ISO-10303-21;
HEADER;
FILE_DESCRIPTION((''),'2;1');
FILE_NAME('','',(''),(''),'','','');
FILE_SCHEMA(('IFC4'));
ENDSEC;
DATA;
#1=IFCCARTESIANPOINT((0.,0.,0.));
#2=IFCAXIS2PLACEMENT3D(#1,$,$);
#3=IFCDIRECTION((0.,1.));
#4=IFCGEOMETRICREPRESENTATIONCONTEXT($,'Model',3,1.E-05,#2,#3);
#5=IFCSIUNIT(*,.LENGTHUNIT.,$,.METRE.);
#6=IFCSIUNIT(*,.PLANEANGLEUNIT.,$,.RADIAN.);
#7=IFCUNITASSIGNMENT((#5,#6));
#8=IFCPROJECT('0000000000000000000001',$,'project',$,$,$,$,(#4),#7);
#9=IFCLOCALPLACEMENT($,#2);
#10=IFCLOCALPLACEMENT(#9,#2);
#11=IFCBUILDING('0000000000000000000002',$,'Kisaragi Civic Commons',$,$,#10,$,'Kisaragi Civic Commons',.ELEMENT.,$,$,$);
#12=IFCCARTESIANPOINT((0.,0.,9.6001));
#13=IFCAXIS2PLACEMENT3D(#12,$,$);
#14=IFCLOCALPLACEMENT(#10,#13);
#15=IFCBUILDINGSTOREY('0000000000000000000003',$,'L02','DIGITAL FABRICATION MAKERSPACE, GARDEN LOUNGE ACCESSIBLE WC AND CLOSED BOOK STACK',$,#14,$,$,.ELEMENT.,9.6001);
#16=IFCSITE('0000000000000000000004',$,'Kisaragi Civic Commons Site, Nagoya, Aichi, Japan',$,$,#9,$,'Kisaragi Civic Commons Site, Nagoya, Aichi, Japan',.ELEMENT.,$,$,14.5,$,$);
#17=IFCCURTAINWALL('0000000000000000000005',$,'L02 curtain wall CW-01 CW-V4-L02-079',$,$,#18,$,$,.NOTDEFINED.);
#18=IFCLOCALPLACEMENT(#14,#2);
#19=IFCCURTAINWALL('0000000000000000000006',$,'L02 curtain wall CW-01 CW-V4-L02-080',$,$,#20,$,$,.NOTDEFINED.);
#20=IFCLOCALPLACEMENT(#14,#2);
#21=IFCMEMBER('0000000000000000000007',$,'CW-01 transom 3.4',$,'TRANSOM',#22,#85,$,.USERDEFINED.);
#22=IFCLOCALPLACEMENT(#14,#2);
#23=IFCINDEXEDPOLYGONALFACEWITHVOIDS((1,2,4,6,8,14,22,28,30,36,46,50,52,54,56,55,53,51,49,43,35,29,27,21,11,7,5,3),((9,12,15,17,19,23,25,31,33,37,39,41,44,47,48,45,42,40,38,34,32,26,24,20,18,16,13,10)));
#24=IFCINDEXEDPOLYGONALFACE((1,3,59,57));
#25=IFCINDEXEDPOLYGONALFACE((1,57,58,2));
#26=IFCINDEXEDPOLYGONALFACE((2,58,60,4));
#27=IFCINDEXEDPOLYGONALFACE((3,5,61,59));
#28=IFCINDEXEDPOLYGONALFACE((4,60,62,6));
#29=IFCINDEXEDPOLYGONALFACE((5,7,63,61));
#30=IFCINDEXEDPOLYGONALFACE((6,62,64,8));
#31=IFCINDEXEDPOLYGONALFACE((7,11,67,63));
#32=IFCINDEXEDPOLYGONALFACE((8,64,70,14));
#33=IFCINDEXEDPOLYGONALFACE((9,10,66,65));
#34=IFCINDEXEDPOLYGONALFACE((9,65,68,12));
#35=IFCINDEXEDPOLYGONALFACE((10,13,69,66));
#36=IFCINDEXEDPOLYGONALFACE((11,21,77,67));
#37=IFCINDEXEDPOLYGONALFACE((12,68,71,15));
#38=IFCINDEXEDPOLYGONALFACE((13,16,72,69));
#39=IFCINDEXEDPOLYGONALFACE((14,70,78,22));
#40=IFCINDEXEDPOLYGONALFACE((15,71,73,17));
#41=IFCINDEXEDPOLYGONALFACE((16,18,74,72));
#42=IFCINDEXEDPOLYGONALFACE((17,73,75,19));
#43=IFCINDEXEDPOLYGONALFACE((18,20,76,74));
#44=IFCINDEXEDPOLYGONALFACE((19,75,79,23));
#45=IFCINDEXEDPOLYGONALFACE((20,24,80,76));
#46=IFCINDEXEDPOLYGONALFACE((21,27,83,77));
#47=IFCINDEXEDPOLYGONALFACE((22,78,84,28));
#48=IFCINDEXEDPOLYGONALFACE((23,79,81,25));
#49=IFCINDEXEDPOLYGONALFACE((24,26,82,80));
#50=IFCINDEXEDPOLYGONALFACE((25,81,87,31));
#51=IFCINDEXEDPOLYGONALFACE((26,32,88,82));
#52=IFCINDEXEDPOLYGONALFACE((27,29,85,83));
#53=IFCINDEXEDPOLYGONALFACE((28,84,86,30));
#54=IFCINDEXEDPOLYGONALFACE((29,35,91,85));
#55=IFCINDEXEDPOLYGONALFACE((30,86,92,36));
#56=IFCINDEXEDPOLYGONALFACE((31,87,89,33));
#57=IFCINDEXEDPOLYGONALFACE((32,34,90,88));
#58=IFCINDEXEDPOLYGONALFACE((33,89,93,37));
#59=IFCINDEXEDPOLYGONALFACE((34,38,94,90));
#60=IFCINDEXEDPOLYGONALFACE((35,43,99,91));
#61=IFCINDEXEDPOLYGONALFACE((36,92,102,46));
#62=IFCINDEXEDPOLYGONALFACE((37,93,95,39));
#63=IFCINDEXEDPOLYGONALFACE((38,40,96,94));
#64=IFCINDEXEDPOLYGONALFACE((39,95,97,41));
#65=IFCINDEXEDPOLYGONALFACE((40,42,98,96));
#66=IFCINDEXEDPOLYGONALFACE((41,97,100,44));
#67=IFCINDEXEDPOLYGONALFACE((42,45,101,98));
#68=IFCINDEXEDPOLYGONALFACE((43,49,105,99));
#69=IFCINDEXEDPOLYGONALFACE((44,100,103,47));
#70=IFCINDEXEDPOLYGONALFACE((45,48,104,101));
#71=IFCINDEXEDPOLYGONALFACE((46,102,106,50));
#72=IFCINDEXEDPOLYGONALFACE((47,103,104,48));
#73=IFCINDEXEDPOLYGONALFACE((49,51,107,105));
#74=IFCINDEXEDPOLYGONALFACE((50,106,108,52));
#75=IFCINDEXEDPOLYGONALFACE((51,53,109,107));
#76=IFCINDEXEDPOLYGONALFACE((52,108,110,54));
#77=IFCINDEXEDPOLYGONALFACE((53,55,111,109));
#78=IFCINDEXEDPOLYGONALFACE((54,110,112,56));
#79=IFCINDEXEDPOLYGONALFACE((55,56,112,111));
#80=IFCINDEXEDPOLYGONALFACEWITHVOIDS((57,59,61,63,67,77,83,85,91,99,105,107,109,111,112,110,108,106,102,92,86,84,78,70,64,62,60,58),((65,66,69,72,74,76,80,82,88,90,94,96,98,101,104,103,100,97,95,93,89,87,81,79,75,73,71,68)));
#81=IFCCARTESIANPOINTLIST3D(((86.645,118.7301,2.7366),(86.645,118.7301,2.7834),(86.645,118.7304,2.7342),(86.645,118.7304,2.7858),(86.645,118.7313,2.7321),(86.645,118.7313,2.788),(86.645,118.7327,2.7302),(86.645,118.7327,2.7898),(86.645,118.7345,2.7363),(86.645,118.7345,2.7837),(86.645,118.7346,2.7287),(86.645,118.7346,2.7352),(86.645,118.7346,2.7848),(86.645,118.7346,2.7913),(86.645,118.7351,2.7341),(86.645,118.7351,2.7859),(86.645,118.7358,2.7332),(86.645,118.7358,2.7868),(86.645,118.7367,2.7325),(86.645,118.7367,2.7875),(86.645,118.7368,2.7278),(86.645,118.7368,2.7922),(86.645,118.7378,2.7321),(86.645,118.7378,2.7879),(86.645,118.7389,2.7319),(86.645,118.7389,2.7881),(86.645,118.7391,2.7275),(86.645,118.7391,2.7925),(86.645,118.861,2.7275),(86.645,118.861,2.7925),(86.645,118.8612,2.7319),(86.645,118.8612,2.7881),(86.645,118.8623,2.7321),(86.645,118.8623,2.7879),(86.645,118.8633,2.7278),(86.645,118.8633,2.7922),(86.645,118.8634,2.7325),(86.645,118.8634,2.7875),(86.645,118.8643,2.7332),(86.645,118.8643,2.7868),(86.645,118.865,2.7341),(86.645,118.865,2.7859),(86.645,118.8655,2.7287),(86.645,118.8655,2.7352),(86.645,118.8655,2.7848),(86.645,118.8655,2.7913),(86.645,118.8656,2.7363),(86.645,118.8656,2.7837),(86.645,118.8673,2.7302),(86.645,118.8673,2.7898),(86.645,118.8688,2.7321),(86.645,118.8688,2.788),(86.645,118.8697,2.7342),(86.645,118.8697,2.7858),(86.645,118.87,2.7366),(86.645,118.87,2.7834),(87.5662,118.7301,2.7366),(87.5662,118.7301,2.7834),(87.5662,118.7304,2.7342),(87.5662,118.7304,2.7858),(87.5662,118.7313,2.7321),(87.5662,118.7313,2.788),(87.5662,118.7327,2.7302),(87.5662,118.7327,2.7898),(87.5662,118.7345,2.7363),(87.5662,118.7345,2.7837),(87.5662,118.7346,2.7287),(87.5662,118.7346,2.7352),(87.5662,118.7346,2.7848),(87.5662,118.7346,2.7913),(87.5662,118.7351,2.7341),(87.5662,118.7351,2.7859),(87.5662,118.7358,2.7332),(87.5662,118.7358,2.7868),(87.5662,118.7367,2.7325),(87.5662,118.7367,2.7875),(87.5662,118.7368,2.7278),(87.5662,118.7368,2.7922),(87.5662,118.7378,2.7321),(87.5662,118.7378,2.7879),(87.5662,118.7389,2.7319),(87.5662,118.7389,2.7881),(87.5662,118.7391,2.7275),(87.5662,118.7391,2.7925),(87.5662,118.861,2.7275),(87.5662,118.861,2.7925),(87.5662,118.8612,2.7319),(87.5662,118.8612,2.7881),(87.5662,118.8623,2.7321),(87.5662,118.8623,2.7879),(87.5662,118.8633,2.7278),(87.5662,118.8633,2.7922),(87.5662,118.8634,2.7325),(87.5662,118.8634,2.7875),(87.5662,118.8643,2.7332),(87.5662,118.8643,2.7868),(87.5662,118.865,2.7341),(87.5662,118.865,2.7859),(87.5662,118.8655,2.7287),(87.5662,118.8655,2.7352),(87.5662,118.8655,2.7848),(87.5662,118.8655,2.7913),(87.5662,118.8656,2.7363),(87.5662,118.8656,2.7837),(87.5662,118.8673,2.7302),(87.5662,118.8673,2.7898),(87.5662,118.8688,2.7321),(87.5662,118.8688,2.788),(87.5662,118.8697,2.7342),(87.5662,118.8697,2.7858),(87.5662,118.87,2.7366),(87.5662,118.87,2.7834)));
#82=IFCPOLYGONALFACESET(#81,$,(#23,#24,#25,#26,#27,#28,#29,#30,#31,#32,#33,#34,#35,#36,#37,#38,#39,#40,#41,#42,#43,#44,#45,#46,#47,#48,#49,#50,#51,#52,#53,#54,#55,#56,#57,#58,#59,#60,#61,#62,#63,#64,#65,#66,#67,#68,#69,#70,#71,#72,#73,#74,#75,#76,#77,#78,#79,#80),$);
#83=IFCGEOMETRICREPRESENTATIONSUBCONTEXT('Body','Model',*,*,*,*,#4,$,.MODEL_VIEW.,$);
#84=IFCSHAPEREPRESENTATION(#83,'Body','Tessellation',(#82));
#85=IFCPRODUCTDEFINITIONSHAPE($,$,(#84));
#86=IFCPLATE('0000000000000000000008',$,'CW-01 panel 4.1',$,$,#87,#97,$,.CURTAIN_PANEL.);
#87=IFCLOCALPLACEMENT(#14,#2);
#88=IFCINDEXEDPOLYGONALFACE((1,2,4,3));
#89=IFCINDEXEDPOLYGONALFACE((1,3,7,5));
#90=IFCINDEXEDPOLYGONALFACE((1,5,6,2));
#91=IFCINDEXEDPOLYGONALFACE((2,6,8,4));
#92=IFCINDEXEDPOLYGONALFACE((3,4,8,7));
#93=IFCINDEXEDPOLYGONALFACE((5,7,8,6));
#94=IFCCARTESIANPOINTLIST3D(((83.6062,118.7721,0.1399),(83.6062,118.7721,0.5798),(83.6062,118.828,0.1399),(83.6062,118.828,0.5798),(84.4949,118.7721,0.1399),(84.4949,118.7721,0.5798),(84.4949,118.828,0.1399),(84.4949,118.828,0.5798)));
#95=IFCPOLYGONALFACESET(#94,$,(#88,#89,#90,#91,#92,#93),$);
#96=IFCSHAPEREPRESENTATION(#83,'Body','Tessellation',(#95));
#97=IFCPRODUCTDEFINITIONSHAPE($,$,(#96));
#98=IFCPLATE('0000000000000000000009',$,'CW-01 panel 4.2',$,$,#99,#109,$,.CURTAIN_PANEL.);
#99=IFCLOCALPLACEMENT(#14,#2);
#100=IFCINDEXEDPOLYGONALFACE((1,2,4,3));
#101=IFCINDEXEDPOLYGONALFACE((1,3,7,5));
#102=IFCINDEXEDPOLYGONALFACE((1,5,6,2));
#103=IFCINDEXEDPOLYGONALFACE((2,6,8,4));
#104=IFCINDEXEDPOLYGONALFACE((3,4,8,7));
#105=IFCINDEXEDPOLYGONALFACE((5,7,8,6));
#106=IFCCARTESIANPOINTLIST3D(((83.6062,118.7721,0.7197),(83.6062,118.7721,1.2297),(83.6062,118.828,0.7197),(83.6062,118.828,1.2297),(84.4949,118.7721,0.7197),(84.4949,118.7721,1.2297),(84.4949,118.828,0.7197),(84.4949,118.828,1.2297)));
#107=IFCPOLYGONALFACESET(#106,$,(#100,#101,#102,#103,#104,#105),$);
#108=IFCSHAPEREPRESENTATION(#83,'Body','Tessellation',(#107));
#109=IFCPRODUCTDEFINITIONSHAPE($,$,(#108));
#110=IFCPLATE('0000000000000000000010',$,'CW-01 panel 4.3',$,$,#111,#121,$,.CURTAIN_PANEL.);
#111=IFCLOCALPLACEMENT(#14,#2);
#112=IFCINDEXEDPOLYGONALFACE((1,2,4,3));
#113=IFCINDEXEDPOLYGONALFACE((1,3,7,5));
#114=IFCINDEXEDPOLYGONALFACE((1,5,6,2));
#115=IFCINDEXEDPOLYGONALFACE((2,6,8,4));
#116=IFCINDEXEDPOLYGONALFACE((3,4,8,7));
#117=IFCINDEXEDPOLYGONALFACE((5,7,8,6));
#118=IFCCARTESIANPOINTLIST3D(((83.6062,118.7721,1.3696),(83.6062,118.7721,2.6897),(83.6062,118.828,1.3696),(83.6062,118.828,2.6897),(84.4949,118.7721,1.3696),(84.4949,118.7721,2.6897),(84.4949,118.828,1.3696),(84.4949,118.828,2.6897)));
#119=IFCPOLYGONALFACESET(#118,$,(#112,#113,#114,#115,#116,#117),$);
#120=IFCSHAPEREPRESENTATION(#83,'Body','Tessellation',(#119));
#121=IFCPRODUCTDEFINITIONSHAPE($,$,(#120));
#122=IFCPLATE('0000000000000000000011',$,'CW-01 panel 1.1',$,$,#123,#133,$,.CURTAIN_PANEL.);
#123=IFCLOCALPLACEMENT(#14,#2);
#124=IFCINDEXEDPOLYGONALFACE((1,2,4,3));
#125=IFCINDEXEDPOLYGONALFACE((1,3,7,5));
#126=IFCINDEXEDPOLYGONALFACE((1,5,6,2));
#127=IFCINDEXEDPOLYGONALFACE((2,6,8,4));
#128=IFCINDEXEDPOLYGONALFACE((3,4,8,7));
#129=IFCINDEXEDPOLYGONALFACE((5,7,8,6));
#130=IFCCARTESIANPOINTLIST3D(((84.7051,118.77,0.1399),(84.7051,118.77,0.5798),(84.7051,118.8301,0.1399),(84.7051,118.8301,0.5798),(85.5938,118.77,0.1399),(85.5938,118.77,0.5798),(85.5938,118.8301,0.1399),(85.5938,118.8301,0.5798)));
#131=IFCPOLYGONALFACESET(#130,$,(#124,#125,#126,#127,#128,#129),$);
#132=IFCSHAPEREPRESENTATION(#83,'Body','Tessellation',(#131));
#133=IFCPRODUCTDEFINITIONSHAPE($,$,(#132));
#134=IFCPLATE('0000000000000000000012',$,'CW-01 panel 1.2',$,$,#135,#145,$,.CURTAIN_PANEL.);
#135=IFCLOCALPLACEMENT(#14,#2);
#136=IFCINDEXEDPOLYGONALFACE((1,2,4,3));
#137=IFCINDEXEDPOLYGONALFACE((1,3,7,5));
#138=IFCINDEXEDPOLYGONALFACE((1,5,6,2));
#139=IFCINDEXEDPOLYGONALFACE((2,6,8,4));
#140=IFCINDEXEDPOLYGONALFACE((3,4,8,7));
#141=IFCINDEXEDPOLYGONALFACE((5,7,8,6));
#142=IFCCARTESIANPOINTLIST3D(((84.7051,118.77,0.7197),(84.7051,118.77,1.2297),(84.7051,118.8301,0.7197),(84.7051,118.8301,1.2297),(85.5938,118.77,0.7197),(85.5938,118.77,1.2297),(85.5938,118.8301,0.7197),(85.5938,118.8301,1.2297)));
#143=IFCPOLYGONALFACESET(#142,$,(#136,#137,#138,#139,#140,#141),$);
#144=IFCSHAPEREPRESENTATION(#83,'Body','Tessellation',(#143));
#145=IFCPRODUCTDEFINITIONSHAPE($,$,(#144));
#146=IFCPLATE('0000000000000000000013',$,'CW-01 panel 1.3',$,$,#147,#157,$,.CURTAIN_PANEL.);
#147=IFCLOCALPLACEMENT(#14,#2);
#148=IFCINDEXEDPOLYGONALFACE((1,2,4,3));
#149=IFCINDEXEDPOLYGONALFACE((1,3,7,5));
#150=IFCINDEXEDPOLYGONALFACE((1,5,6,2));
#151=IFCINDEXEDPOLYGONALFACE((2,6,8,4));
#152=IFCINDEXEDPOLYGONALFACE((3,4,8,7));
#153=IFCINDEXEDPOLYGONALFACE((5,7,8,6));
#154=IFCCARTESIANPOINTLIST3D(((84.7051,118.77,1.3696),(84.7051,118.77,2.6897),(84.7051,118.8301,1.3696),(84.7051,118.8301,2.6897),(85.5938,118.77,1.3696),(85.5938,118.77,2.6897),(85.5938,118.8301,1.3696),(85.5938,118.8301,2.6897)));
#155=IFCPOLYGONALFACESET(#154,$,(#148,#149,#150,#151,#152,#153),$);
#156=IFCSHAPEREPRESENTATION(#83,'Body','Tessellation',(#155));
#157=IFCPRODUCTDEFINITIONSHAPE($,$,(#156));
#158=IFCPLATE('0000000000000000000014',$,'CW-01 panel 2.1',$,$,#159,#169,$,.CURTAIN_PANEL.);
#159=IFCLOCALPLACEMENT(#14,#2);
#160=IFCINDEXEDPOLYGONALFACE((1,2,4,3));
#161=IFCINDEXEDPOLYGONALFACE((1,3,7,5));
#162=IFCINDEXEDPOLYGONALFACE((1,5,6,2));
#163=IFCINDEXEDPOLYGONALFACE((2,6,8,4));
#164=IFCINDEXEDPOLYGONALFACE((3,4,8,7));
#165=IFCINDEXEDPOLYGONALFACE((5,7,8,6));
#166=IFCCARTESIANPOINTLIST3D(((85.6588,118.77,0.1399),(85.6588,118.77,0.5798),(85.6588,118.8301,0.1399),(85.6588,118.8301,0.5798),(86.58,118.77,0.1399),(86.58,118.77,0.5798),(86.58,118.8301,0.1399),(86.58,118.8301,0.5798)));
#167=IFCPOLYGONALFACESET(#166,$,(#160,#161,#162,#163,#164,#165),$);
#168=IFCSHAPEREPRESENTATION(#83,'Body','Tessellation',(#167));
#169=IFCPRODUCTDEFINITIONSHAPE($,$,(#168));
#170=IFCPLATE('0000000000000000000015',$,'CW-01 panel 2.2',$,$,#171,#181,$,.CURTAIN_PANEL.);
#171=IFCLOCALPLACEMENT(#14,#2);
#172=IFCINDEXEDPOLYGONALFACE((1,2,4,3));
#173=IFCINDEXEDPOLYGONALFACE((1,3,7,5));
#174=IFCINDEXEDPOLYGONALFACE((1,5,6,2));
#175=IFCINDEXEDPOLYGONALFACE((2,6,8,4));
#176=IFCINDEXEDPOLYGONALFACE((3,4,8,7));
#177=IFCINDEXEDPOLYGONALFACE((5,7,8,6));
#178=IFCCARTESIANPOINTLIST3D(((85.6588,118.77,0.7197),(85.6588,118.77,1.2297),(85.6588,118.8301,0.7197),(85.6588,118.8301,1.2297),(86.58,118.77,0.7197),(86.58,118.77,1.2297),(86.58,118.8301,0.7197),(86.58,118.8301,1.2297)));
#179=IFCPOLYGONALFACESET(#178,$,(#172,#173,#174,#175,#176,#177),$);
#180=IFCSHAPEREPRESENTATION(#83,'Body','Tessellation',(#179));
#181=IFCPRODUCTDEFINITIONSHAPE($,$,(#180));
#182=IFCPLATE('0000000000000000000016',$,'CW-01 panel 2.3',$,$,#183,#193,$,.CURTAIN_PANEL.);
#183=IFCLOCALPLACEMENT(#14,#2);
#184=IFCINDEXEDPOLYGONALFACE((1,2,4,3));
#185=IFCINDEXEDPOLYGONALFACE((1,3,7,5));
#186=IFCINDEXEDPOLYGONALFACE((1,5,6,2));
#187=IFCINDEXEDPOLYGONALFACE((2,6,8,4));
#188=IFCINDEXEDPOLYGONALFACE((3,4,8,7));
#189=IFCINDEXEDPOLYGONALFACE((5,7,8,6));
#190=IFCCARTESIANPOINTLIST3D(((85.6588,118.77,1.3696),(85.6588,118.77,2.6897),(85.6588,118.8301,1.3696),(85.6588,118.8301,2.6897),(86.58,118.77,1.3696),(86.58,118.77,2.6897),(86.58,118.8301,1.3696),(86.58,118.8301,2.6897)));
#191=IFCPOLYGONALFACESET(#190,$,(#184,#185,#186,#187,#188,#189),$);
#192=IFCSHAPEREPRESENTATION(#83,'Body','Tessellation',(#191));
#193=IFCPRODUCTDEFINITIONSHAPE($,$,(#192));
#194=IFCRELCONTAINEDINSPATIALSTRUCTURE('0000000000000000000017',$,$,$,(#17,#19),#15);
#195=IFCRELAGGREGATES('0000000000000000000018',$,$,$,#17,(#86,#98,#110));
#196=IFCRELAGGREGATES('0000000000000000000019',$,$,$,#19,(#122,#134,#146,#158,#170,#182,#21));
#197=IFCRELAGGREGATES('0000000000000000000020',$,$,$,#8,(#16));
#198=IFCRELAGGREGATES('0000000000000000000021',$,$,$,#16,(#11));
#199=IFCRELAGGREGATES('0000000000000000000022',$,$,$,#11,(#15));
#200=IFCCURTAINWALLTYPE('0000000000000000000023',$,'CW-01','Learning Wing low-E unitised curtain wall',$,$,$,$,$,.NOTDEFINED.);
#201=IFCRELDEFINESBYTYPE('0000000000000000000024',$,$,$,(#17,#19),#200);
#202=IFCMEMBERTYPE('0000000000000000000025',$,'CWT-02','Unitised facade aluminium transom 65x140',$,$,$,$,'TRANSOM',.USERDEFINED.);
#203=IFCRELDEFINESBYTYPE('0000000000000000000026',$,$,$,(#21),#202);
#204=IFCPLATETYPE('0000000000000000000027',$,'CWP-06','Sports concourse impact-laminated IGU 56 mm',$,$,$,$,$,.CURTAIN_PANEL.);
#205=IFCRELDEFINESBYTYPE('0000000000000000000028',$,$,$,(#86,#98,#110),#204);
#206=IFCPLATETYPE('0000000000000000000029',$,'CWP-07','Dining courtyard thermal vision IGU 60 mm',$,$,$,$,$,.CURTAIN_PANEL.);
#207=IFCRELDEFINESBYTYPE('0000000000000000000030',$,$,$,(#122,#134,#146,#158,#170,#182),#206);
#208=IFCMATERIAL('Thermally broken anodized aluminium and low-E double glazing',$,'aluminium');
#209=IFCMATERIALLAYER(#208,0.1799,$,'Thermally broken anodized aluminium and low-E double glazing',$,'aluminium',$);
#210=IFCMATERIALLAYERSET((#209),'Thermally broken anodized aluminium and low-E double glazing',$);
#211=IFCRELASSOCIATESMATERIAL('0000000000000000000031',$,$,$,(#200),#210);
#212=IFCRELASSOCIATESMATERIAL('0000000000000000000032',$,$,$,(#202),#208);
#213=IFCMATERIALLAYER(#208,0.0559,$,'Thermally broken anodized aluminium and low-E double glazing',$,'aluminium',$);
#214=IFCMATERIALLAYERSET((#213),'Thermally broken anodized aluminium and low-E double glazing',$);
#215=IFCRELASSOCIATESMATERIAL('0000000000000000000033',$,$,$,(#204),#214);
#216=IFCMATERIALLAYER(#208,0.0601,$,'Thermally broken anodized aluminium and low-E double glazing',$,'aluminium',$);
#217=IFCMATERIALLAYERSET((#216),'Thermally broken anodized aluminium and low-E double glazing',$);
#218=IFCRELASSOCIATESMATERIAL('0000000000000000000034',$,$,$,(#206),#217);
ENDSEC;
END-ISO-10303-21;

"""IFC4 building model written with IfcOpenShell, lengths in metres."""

from ifc_helpers import new_model, si_unit, direction, frame, origin, origin_2d, place, context, subcontext, project, spatial, rectangle, hollow_rectangle, extrude, material, layer, layer_set, material_profile, profile_set, type_object, element, aggregate, save


model = new_model("IFC4")

# Units and contexts
model_context = context("Model", 3, precision=1e-05, world=origin(), true_north=direction((0.0, 1.0)))
body_context = subcontext(model_context, "Body", "Model", "MODEL_VIEW")
ifc_project = project(units=[si_unit("LENGTHUNIT", "METRE"), si_unit("PLANEANGLEUNIT", "RADIAN")], contexts=[model_context])

# Site, building, storey
site_placement = place(None, origin())
site = spatial("IfcSite", under=ifc_project, at=site_placement, Name="Kisaragi Civic Commons Site, Nagoya, Aichi, Japan", LongName="Kisaragi Civic Commons Site, Nagoya, Aichi, Japan", CompositionType="ELEMENT", RefElevation=14.5)
building_placement = place(site_placement, origin())
building = spatial("IfcBuilding", under=site, at=building_placement, Name="Kisaragi Civic Commons", LongName="Kisaragi Civic Commons", CompositionType="ELEMENT")
storey_placement = place(building_placement, frame((0.0, 0.0, 9.6001)))
storey = spatial("IfcBuildingStorey", under=building, at=storey_placement, Name="L02", Description="DIGITAL FABRICATION MAKERSPACE, GARDEN LOUNGE ACCESSIBLE WC AND CLOSED BOOK STACK", CompositionType="ELEMENT", Elevation=9.6001)

# Curtain wall
ifc_material_1 = material(Name="Thermally broken anodized aluminium and low-E double glazing", Category="aluminium")
ifc_layer_1 = layer(ifc_material_1, 0.1799, Name="Thermally broken anodized aluminium and low-E double glazing", Category="aluminium")
ifc_layer_set_1 = layer_set([ifc_layer_1], Name="Thermally broken anodized aluminium and low-E double glazing")
curtain_wall_type = type_object("IfcCurtainWallType", Name="CW-01", Description="Learning Wing low-E unitised curtain wall", PredefinedType="NOTDEFINED", material=ifc_layer_set_1)
curtain_wall_1_placement = place(storey_placement, origin())
curtain_wall_1 = element("IfcCurtainWall", 1, at=curtain_wall_1_placement, inside=storey, type_object=curtain_wall_type, Name="L02 curtain wall CW-01 CW-V4-L02-079", PredefinedType="NOTDEFINED")

# Curtain wall
curtain_wall_2_placement = place(storey_placement, origin())
curtain_wall_2 = element("IfcCurtainWall", 2, at=curtain_wall_2_placement, inside=storey, type_object=curtain_wall_type, Name="L02 curtain wall CW-01 CW-V4-L02-080", PredefinedType="NOTDEFINED")

# Member
ifc_material_profile_1 = material_profile(ifc_material_1, hollow_rectangle(XDim=0.1399, YDim=0.0649, WallThickness=0.0044, InnerFilletRadius=0.0044, OuterFilletRadius=0.009, at=origin_2d()), Name="CWT-65x140x4.5", Category="aluminium")
ifc_profile_set_1 = profile_set([ifc_material_profile_1], Name="Thermally broken anodized aluminium and low-E double glazing")
member_type_1 = type_object("IfcMemberType", Name="CWT-02", Description="Unitised facade aluminium transom 65x140", ElementType="TRANSOM", PredefinedType="USERDEFINED", material=ifc_profile_set_1)
member_1_placement = place(storey_placement, frame((86.645, 118.8, 2.76), z_axis=(1.0, 0.0, 0.0), x_axis=(0.0, 1.0, 0.0)))
member_1 = element("IfcMember", 3, at=member_1_placement, type_object=member_type_1, Name="CW-01 transom 3.4", ObjectType="TRANSOM", PredefinedType="USERDEFINED", context=body_context, shape_type="SweptSolid", body=[
    extrude(hollow_rectangle(XDim=0.1399, YDim=0.0649, WallThickness=0.0044, InnerFilletRadius=0.0044, OuterFilletRadius=0.009, at=origin_2d()), origin(), (0.0, 0.0, 1.0), 0.9211),
])

# Plates
ifc_layer_2 = layer(ifc_material_1, 0.0559, Name="Thermally broken anodized aluminium and low-E double glazing", Category="aluminium")
ifc_layer_set_2 = layer_set([ifc_layer_2], Name="Thermally broken anodized aluminium and low-E double glazing")
plate_type_1 = type_object("IfcPlateType", Name="CWP-06", Description="Sports concourse impact-laminated IGU 56 mm", PredefinedType="CURTAIN_PANEL", material=ifc_layer_set_2)
plate_1_placement = place(storey_placement, frame((84.0505, 118.8, 0.1399), z_axis=(0.0, 0.0, 1.0), x_axis=(1.0, 0.0, 0.0)))
plate_1 = element("IfcPlate", 4, at=plate_1_placement, type_object=plate_type_1, Name="CW-01 panel 4.1", PredefinedType="CURTAIN_PANEL", context=body_context, shape_type="SweptSolid", body=[
    extrude(rectangle(XDim=0.8887, YDim=0.0559, at=origin_2d()), origin(), (0.0, 0.0, 1.0), 0.4399),
])
plate_2_placement = place(storey_placement, frame((84.0505, 118.8, 0.7197), z_axis=(0.0, 0.0, 1.0), x_axis=(1.0, 0.0, 0.0)))
plate_2 = element("IfcPlate", 5, at=plate_2_placement, type_object=plate_type_1, Name="CW-01 panel 4.2", PredefinedType="CURTAIN_PANEL", context=body_context, shape_type="SweptSolid", body=[
    extrude(rectangle(XDim=0.8887, YDim=0.0559, at=origin_2d()), origin(), (0.0, 0.0, 1.0), 0.51),
])
plate_3_placement = place(storey_placement, frame((84.0505, 118.8, 1.3696), z_axis=(0.0, 0.0, 1.0), x_axis=(1.0, 0.0, 0.0)))
plate_3 = element("IfcPlate", 6, at=plate_3_placement, type_object=plate_type_1, Name="CW-01 panel 4.3", PredefinedType="CURTAIN_PANEL", context=body_context, shape_type="SweptSolid", body=[
    extrude(rectangle(XDim=0.8887, YDim=0.0559, at=origin_2d()), origin(), (0.0, 0.0, 1.0), 1.3201),
])
aggregate(curtain_wall_1, [plate_1, plate_2, plate_3])
ifc_layer_3 = layer(ifc_material_1, 0.0601, Name="Thermally broken anodized aluminium and low-E double glazing", Category="aluminium")
ifc_layer_set_3 = layer_set([ifc_layer_3], Name="Thermally broken anodized aluminium and low-E double glazing")
plate_type_2 = type_object("IfcPlateType", Name="CWP-07", Description="Dining courtyard thermal vision IGU 60 mm", PredefinedType="CURTAIN_PANEL", material=ifc_layer_set_3)
plate_4_placement = place(storey_placement, frame((85.1494, 118.8, 0.1399), z_axis=(0.0, 0.0, 1.0), x_axis=(1.0, 0.0, 0.0)))
plate_4 = element("IfcPlate", 7, at=plate_4_placement, type_object=plate_type_2, Name="CW-01 panel 1.1", PredefinedType="CURTAIN_PANEL", context=body_context, shape_type="SweptSolid", body=[
    extrude(rectangle(XDim=0.8887, YDim=0.0601, at=origin_2d()), origin(), (0.0, 0.0, 1.0), 0.4399),
])
plate_5_placement = place(storey_placement, frame((85.1494, 118.8, 0.7197), z_axis=(0.0, 0.0, 1.0), x_axis=(1.0, 0.0, 0.0)))
plate_5 = element("IfcPlate", 8, at=plate_5_placement, type_object=plate_type_2, Name="CW-01 panel 1.2", PredefinedType="CURTAIN_PANEL", context=body_context, shape_type="SweptSolid", body=[
    extrude(rectangle(XDim=0.8887, YDim=0.0601, at=origin_2d()), origin(), (0.0, 0.0, 1.0), 0.51),
])
plate_6_placement = place(storey_placement, frame((85.1494, 118.8, 1.3696), z_axis=(0.0, 0.0, 1.0), x_axis=(1.0, 0.0, 0.0)))
plate_6 = element("IfcPlate", 9, at=plate_6_placement, type_object=plate_type_2, Name="CW-01 panel 1.3", PredefinedType="CURTAIN_PANEL", context=body_context, shape_type="SweptSolid", body=[
    extrude(rectangle(XDim=0.8887, YDim=0.0601, at=origin_2d()), origin(), (0.0, 0.0, 1.0), 1.3201),
])
plate_7_placement = place(storey_placement, frame((86.1194, 118.8, 0.1399), z_axis=(0.0, 0.0, 1.0), x_axis=(1.0, 0.0, 0.0)))
plate_7 = element("IfcPlate", 10, at=plate_7_placement, type_object=plate_type_2, Name="CW-01 panel 2.1", PredefinedType="CURTAIN_PANEL", context=body_context, shape_type="SweptSolid", body=[
    extrude(rectangle(XDim=0.9211, YDim=0.0601, at=origin_2d()), origin(), (0.0, 0.0, 1.0), 0.4399),
])
plate_8_placement = place(storey_placement, frame((86.1194, 118.8, 0.7197), z_axis=(0.0, 0.0, 1.0), x_axis=(1.0, 0.0, 0.0)))
plate_8 = element("IfcPlate", 11, at=plate_8_placement, type_object=plate_type_2, Name="CW-01 panel 2.2", PredefinedType="CURTAIN_PANEL", context=body_context, shape_type="SweptSolid", body=[
    extrude(rectangle(XDim=0.9211, YDim=0.0601, at=origin_2d()), origin(), (0.0, 0.0, 1.0), 0.51),
])
plate_9_placement = place(storey_placement, frame((86.1194, 118.8, 1.3696), z_axis=(0.0, 0.0, 1.0), x_axis=(1.0, 0.0, 0.0)))
plate_9 = element("IfcPlate", 12, at=plate_9_placement, type_object=plate_type_2, Name="CW-01 panel 2.3", PredefinedType="CURTAIN_PANEL", context=body_context, shape_type="SweptSolid", body=[
    extrude(rectangle(XDim=0.9211, YDim=0.0601, at=origin_2d()), origin(), (0.0, 0.0, 1.0), 1.3201),
])
aggregate(curtain_wall_2, [plate_4, plate_5, plate_6, plate_7, plate_8, plate_9, member_1])

save(model, "model.ifc")
